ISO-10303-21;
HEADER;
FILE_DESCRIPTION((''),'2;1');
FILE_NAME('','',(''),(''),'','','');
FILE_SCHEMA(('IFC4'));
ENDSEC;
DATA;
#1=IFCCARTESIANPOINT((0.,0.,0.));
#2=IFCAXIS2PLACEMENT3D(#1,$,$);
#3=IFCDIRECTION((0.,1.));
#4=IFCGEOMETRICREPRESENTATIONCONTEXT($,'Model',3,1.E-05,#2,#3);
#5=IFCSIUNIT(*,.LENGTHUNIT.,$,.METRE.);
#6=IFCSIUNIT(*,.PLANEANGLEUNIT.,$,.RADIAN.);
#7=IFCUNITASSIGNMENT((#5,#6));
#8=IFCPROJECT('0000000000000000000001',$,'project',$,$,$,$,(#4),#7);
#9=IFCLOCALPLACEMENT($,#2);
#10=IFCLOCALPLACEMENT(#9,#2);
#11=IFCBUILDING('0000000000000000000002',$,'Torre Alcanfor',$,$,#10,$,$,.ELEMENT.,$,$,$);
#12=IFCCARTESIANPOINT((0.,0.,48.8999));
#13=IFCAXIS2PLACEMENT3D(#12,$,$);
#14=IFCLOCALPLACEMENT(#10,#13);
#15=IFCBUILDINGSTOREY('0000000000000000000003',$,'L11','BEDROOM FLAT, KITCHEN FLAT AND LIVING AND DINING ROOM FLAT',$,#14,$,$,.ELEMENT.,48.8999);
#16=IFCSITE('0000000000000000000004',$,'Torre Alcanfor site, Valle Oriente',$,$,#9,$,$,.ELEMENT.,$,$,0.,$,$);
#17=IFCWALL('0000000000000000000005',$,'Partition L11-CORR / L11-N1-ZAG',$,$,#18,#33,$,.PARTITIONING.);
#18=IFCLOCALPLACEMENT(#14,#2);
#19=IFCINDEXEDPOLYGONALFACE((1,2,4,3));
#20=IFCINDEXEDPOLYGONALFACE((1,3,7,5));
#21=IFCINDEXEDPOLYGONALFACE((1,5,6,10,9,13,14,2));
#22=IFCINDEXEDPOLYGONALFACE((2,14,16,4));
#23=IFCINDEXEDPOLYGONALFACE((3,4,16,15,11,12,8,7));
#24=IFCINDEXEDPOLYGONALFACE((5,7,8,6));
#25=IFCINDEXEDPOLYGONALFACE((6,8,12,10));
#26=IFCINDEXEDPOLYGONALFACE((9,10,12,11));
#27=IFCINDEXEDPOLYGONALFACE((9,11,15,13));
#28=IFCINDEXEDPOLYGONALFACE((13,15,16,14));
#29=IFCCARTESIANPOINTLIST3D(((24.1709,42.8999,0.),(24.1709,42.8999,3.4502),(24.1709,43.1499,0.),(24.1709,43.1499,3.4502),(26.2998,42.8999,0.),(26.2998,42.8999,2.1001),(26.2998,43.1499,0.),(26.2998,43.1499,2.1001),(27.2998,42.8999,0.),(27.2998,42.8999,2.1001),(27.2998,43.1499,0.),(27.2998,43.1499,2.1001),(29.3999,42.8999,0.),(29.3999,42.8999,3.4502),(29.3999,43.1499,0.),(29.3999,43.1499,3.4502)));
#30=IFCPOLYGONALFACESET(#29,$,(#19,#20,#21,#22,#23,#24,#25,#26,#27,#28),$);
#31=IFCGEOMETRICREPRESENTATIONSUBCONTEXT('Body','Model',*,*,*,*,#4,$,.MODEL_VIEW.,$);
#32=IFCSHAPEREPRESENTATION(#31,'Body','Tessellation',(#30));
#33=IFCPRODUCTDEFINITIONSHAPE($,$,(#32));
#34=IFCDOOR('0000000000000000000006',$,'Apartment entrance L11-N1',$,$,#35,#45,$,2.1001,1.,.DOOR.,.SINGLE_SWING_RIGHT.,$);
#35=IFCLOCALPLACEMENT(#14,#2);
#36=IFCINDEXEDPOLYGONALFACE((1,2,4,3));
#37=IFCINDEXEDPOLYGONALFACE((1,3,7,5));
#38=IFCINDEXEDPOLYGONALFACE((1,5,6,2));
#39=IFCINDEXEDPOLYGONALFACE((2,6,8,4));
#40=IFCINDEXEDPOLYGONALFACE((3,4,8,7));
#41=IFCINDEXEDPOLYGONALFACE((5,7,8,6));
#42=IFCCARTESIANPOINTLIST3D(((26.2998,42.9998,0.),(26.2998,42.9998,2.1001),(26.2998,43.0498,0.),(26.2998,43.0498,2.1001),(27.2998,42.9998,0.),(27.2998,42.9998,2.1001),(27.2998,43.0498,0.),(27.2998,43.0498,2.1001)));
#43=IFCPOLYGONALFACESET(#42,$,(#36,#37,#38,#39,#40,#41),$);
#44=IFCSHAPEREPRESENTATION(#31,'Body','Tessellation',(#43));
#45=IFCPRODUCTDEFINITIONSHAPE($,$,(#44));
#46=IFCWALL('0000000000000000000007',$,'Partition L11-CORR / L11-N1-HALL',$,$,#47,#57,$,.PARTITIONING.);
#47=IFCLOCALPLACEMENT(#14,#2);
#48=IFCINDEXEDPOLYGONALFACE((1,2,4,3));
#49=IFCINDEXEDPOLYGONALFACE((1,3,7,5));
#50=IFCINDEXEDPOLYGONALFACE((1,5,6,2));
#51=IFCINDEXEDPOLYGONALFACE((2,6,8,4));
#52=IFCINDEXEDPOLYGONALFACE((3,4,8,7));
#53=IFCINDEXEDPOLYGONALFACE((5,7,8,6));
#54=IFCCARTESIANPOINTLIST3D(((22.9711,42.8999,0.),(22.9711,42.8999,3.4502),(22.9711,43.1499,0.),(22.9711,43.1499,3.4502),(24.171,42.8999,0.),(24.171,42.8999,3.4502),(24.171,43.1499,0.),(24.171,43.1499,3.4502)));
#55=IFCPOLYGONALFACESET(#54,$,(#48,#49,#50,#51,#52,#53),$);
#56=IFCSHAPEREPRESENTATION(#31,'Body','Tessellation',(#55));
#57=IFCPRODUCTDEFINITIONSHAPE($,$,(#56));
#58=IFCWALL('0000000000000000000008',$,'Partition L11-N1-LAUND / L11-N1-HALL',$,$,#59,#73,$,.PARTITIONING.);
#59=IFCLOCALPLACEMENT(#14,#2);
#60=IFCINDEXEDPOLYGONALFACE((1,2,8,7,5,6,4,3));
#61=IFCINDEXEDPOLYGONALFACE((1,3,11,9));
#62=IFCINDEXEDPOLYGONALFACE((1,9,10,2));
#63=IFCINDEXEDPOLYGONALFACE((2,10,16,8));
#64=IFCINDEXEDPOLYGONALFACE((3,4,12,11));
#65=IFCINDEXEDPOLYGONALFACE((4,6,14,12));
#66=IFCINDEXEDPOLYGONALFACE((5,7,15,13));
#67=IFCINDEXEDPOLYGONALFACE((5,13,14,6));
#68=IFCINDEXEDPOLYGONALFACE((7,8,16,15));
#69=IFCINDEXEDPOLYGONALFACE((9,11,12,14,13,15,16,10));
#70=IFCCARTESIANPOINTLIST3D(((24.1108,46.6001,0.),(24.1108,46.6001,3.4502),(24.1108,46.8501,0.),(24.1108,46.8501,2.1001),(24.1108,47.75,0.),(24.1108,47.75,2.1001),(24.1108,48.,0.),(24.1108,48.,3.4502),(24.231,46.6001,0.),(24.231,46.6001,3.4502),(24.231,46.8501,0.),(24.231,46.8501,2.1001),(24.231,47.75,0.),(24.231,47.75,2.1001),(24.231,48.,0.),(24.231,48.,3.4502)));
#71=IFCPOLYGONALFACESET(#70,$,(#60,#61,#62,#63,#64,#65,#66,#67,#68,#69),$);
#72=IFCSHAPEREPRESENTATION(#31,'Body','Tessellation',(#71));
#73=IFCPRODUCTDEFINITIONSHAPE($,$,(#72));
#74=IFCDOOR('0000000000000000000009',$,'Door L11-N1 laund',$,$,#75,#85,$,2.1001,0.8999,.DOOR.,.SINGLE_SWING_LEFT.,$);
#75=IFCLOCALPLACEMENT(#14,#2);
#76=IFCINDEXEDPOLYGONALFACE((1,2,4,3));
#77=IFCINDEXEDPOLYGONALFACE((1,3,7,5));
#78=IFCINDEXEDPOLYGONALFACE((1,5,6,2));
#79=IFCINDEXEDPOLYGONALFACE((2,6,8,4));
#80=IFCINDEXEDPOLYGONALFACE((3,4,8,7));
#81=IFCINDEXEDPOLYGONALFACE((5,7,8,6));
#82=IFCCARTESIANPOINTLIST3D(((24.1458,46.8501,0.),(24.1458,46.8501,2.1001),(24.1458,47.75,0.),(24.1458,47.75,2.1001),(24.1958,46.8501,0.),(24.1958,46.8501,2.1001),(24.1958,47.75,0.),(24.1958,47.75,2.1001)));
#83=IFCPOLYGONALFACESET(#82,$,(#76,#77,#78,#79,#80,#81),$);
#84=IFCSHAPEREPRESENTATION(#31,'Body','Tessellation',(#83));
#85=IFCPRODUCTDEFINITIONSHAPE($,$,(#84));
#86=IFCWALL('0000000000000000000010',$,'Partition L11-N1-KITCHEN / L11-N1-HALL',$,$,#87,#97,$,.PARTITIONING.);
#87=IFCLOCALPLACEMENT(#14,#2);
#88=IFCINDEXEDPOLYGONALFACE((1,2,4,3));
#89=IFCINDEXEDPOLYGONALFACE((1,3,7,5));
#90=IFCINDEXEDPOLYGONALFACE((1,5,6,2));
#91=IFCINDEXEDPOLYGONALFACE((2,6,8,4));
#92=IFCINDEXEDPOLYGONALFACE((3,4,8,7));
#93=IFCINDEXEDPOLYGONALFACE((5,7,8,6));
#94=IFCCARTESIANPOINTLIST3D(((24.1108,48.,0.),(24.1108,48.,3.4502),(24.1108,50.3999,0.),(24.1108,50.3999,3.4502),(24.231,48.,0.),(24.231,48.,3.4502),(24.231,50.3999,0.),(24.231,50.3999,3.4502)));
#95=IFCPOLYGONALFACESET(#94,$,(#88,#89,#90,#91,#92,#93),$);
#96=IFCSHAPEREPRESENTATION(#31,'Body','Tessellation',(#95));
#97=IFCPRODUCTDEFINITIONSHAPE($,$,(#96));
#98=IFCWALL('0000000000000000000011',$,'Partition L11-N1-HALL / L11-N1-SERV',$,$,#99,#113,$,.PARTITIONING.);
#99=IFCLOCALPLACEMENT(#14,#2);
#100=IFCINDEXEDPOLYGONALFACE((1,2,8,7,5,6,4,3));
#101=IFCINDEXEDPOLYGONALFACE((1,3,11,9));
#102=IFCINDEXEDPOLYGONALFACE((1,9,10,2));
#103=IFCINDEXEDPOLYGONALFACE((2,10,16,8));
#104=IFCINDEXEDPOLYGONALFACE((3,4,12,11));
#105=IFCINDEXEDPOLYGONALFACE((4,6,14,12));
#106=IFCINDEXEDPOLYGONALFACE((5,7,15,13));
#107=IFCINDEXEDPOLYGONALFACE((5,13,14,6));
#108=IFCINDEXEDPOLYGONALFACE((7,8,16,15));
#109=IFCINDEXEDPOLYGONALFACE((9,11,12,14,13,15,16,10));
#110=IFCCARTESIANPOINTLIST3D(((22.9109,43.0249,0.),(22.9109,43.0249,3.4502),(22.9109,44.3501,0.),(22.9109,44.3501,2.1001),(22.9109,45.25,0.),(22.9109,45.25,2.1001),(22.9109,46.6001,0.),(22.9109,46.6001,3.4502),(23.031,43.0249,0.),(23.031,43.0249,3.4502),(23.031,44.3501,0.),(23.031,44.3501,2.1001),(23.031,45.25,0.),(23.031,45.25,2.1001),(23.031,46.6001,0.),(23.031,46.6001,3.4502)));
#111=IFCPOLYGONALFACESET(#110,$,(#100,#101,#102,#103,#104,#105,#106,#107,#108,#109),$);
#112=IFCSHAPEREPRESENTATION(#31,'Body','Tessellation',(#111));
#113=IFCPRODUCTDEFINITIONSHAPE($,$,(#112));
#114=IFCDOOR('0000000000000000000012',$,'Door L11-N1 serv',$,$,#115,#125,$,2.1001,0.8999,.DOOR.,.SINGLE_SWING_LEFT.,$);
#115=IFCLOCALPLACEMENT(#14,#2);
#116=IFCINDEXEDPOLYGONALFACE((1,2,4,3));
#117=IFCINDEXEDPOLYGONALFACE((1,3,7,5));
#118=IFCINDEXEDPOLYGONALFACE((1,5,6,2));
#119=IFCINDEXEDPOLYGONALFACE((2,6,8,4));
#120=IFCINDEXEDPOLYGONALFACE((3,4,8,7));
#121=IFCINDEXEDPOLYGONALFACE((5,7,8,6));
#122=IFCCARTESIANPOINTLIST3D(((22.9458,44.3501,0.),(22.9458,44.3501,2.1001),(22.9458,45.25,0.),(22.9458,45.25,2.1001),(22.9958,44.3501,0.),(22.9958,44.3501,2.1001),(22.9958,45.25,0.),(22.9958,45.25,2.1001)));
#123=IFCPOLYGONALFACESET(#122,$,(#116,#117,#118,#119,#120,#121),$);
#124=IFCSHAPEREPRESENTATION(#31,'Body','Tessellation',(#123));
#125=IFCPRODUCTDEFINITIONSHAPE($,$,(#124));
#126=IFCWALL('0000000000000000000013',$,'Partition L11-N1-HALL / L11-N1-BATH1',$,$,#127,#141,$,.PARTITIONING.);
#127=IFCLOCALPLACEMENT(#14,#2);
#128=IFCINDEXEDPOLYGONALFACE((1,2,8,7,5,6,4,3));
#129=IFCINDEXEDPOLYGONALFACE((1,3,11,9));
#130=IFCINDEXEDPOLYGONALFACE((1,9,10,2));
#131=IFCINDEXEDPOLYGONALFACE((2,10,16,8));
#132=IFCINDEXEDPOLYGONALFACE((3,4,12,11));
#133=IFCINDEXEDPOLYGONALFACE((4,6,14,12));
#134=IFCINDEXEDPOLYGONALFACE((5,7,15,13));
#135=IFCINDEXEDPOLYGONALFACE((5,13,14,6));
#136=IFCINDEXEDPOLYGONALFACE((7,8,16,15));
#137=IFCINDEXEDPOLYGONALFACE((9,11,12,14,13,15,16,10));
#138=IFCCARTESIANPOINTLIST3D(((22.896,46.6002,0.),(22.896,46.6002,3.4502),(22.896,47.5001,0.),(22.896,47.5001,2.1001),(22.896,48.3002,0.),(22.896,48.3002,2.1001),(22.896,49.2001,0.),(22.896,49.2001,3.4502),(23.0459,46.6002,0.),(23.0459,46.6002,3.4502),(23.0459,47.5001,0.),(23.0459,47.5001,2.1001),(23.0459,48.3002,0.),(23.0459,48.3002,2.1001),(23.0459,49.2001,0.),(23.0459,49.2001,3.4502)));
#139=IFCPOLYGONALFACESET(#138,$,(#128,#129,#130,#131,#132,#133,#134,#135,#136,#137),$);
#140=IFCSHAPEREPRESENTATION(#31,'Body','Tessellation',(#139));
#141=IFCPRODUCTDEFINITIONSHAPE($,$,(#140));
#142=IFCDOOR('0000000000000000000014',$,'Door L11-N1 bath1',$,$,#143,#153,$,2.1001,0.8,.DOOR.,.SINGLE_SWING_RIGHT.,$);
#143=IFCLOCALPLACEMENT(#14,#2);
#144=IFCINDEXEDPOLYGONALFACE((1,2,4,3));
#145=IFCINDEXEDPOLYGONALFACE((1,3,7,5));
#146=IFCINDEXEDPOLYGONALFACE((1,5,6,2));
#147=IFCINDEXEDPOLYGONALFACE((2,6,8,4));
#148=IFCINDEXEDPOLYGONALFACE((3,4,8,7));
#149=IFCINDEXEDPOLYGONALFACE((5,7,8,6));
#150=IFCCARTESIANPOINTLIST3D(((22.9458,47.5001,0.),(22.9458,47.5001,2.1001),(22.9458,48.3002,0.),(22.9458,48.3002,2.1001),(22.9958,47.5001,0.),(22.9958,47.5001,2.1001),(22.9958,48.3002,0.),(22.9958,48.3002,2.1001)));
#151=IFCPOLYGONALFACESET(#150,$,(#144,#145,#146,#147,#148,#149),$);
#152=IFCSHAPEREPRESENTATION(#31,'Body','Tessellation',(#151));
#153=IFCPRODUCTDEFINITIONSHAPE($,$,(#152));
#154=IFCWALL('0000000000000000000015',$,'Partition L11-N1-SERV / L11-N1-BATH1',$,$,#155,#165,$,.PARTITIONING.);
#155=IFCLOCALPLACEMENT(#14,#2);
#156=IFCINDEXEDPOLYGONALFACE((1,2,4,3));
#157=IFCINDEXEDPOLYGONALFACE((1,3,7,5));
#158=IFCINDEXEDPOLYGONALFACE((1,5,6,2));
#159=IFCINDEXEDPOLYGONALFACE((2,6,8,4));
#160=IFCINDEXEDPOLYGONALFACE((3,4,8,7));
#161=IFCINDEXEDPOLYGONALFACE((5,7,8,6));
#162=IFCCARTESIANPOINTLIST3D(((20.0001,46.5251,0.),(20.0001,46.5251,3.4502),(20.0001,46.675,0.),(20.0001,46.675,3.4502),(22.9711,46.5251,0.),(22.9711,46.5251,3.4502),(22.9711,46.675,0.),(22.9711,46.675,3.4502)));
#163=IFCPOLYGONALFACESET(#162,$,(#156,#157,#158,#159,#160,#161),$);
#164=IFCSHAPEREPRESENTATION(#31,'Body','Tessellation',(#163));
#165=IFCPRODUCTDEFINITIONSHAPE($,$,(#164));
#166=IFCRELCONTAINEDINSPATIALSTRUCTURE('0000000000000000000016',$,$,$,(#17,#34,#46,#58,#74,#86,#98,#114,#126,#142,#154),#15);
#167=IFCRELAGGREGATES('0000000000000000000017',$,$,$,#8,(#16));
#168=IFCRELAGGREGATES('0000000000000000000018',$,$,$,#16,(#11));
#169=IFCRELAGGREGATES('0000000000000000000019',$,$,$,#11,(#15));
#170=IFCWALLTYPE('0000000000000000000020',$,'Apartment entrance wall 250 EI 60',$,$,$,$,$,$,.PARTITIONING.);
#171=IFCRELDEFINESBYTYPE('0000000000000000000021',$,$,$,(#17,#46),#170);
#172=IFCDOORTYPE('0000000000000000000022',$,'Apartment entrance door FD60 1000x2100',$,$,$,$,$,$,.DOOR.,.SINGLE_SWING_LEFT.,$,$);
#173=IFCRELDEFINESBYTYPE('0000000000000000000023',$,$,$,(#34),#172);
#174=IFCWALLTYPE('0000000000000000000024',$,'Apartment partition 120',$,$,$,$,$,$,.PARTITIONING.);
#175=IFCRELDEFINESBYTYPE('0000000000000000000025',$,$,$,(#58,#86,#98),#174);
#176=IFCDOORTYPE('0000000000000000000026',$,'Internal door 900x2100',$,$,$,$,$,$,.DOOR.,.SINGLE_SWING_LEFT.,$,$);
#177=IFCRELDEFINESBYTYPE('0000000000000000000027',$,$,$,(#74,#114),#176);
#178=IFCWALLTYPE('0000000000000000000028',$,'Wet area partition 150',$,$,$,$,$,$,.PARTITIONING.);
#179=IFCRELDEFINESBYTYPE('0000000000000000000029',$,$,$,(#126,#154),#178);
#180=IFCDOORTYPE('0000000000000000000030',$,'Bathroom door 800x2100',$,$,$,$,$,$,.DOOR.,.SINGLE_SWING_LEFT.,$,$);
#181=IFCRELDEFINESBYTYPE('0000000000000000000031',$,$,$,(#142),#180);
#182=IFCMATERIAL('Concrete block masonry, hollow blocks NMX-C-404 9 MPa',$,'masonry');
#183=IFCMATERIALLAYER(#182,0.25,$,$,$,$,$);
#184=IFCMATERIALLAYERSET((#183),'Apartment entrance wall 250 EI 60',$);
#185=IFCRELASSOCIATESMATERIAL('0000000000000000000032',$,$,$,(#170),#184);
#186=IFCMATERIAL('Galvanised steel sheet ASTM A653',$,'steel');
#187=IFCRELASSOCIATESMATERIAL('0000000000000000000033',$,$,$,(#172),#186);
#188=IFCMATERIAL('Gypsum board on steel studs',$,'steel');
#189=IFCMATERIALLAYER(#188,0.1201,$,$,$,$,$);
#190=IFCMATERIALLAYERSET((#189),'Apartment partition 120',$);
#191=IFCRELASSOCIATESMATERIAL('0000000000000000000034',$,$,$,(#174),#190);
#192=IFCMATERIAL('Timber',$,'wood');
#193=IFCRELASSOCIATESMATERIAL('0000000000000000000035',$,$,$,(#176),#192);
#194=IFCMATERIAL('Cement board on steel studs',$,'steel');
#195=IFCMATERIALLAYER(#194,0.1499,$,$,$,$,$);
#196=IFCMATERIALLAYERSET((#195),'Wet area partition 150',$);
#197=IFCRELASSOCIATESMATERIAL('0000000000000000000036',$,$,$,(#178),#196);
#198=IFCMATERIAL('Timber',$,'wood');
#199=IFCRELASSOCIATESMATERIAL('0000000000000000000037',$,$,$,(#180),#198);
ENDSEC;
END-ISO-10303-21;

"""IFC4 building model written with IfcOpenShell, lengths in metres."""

from ifc_helpers import new_model, si_unit, direction, frame, frame_2d, origin, place, context, subcontext, project, spatial, rectangle, extrude, material, layer, layer_set, type_object, element, fill, save


model = new_model("IFC4")

# Units and contexts
model_context = context("Model", 3, precision=1e-05, world=origin(), true_north=direction((0.0, 1.0)))
body_context = subcontext(model_context, "Body", "Model", "MODEL_VIEW")
ifc_project = project(units=[si_unit("LENGTHUNIT", "METRE"), si_unit("PLANEANGLEUNIT", "RADIAN")], contexts=[model_context])

# Site, building, storey
site_placement = place(None, origin())
site = spatial("IfcSite", under=ifc_project, at=site_placement, Name="Torre Alcanfor site, Valle Oriente", CompositionType="ELEMENT", RefElevation=0.0)
building_placement = place(site_placement, origin())
building = spatial("IfcBuilding", under=site, at=building_placement, Name="Torre Alcanfor", CompositionType="ELEMENT")
storey_placement = place(building_placement, frame((0.0, 0.0, 48.8999)))
storey = spatial("IfcBuildingStorey", under=building, at=storey_placement, Name="L11", Description="BEDROOM FLAT, KITCHEN FLAT AND LIVING AND DINING ROOM FLAT", CompositionType="ELEMENT", Elevation=48.8999)

# Wall, opening, door
ifc_material_1 = material(Name="Concrete block masonry, hollow blocks NMX-C-404 9 MPa", Category="masonry")
ifc_layer_1 = layer(ifc_material_1, 0.25)
ifc_layer_set_1 = layer_set([ifc_layer_1], Name="Apartment entrance wall 250 EI 60")
wall_type_1 = type_object("IfcWallType", Name="Apartment entrance wall 250 EI 60", PredefinedType="PARTITIONING", material=ifc_layer_set_1)
wall_1_placement = place(storey_placement, frame((24.1709, 43.0249, 0.0), z_axis=(0.0, 0.0, 1.0), x_axis=(1.0, 0.0, 0.0)))
wall_1 = element("IfcWall", 1, at=wall_1_placement, inside=storey, type_object=wall_type_1, Name="Partition L11-CORR / L11-N1-ZAG", PredefinedType="PARTITIONING", context=body_context, shape_type="SweptSolid", body=[
    extrude(rectangle(XDim=5.229, YDim=0.25, at=frame_2d((2.6145, 0.0))), origin(), (0.0, 0.0, 1.0), 3.4502),
])
opening_1_placement = place(wall_1_placement, frame((2.1289, 0.0, 0.0)))
opening_1 = element("IfcOpeningElement", 2, at=opening_1_placement, cuts=wall_1, PredefinedType="OPENING", context=body_context, shape_type="SweptSolid", body=[
    extrude(rectangle(XDim=1.0, YDim=2.1001, at=frame_2d((0.5, 1.05))), frame((0.0, 0.135, 0.0), z_axis=(0.0, -1.0, 0.0), x_axis=(1.0, 0.0, 0.0)), (0.0, 0.0, 1.0), 0.27),
])
ifc_material_2 = material(Name="Galvanised steel sheet ASTM A653", Category="steel")
door_type_1 = type_object("IfcDoorType", Name="Apartment entrance door FD60 1000x2100", OperationType="SINGLE_SWING_LEFT", PredefinedType="DOOR", material=ifc_material_2)
door_1_placement = place(opening_1_placement, origin())
door_1 = element("IfcDoor", 3, at=door_1_placement, inside=storey, type_object=door_type_1, Name="Apartment entrance L11-N1", OperationType="SINGLE_SWING_RIGHT", OverallHeight=2.1001, OverallWidth=1.0, PredefinedType="DOOR", context=body_context, shape_type="SweptSolid", body=[
    extrude(rectangle(XDim=1.0, YDim=2.1001, at=frame_2d((0.5, 1.05))), frame((0.0, 0.0249, 0.0), z_axis=(0.0, -1.0, 0.0), x_axis=(1.0, 0.0, 0.0)), (0.0, 0.0, 1.0), 0.05),
])
fill(opening_1, door_1)

# Wall
wall_2_placement = place(storey_placement, frame((22.9709, 43.0249, 0.0), z_axis=(0.0, 0.0, 1.0), x_axis=(1.0, 0.0, 0.0)))
element("IfcWall", 4, at=wall_2_placement, inside=storey, type_object=wall_type_1, Name="Partition L11-CORR / L11-N1-HALL", PredefinedType="PARTITIONING", context=body_context, shape_type="SweptSolid", body=[
    extrude(rectangle(XDim=1.2, YDim=0.25, at=frame_2d((0.6001, 0.0))), origin(), (0.0, 0.0, 1.0), 3.4502),
])

# Wall, opening, door
ifc_material_3 = material(Name="Gypsum board on steel studs", Category="steel")
ifc_layer_2 = layer(ifc_material_3, 0.1201)
ifc_layer_set_2 = layer_set([ifc_layer_2], Name="Apartment partition 120")
wall_type_2 = type_object("IfcWallType", Name="Apartment partition 120", PredefinedType="PARTITIONING", material=ifc_layer_set_2)
wall_3_placement = place(storey_placement, frame((24.1709, 48.0, 0.0), z_axis=(0.0, 0.0, 1.0), x_axis=(0.0, -1.0, 0.0)))
wall_3 = element("IfcWall", 5, at=wall_3_placement, inside=storey, type_object=wall_type_2, Name="Partition L11-N1-LAUND / L11-N1-HALL", PredefinedType="PARTITIONING", context=body_context, shape_type="SweptSolid", body=[
    extrude(rectangle(XDim=1.3999, YDim=0.1201, at=frame_2d((0.7, 0.0))), origin(), (0.0, 0.0, 1.0), 3.4502),
])
opening_2_placement = place(wall_3_placement, frame((0.25, 0.0, 0.0)))
opening_2 = element("IfcOpeningElement", 6, at=opening_2_placement, cuts=wall_3, PredefinedType="OPENING", context=body_context, shape_type="SweptSolid", body=[
    extrude(rectangle(XDim=0.8999, YDim=2.1001, at=frame_2d((0.45, 1.05))), frame((0.0, 0.0701, 0.0), z_axis=(0.0, -1.0, 0.0), x_axis=(1.0, 0.0, 0.0)), (0.0, 0.0, 1.0), 0.1401),
])
ifc_material_4 = material(Name="Timber", Category="wood")
door_type_2 = type_object("IfcDoorType", Name="Internal door 900x2100", OperationType="SINGLE_SWING_LEFT", PredefinedType="DOOR", material=ifc_material_4)
door_2_placement = place(opening_2_placement, origin())
door_2 = element("IfcDoor", 7, at=door_2_placement, inside=storey, type_object=door_type_2, Name="Door L11-N1 laund", OperationType="SINGLE_SWING_LEFT", OverallHeight=2.1001, OverallWidth=0.8999, PredefinedType="DOOR", context=body_context, shape_type="SweptSolid", body=[
    extrude(rectangle(XDim=0.8999, YDim=2.1001, at=frame_2d((0.45, 1.05))), frame((0.0, 0.0249, 0.0), z_axis=(0.0, -1.0, 0.0), x_axis=(1.0, 0.0, 0.0)), (0.0, 0.0, 1.0), 0.05),
])
fill(opening_2, door_2)

# Wall
wall_4_placement = place(storey_placement, frame((24.1709, 50.3999, 0.0), z_axis=(0.0, 0.0, 1.0), x_axis=(0.0, -1.0, 0.0)))
element("IfcWall", 8, at=wall_4_placement, inside=storey, type_object=wall_type_2, Name="Partition L11-N1-KITCHEN / L11-N1-HALL", PredefinedType="PARTITIONING", context=body_context, shape_type="SweptSolid", body=[
    extrude(rectangle(XDim=2.3999, YDim=0.1201, at=frame_2d((1.2, 0.0))), origin(), (0.0, 0.0, 1.0), 3.4502),
])

# Walls, openings, doors
wall_5_placement = place(storey_placement, frame((22.9709, 46.6001, 0.0), z_axis=(0.0, 0.0, 1.0), x_axis=(0.0, -1.0, 0.0)))
wall_5 = element("IfcWall", 9, at=wall_5_placement, inside=storey, type_object=wall_type_2, Name="Partition L11-N1-HALL / L11-N1-SERV", PredefinedType="PARTITIONING", context=body_context, shape_type="SweptSolid", body=[
    extrude(rectangle(XDim=3.5752, YDim=0.1201, at=frame_2d((1.7876, 0.0))), origin(), (0.0, 0.0, 1.0), 3.4502),
])
opening_3_placement = place(wall_5_placement, frame((1.3501, 0.0, 0.0)))
opening_3 = element("IfcOpeningElement", 10, at=opening_3_placement, cuts=wall_5, PredefinedType="OPENING", context=body_context, shape_type="SweptSolid", body=[
    extrude(rectangle(XDim=0.8999, YDim=2.1001, at=frame_2d((0.45, 1.05))), frame((0.0, 0.0701, 0.0), z_axis=(0.0, -1.0, 0.0), x_axis=(1.0, 0.0, 0.0)), (0.0, 0.0, 1.0), 0.1401),
])
door_3_placement = place(opening_3_placement, frame((0.8999, 0.0, 0.0), z_axis=(0.0, 0.0, 1.0), x_axis=(-1.0, 0.0, 0.0)))
door_3 = element("IfcDoor", 11, at=door_3_placement, inside=storey, type_object=door_type_2, Name="Door L11-N1 serv", OperationType="SINGLE_SWING_LEFT", OverallHeight=2.1001, OverallWidth=0.8999, PredefinedType="DOOR", context=body_context, shape_type="SweptSolid", body=[
    extrude(rectangle(XDim=0.8999, YDim=2.1001, at=frame_2d((0.45, 1.05))), frame((0.0, 0.0251, 0.0), z_axis=(0.0, -1.0, 0.0), x_axis=(1.0, 0.0, 0.0)), (0.0, 0.0, 1.0), 0.05),
])
fill(opening_3, door_3)
ifc_material_5 = material(Name="Cement board on steel studs", Category="steel")
ifc_layer_3 = layer(ifc_material_5, 0.1499)
ifc_layer_set_3 = layer_set([ifc_layer_3], Name="Wet area partition 150")
wall_type_3 = type_object("IfcWallType", Name="Wet area partition 150", PredefinedType="PARTITIONING", material=ifc_layer_set_3)
wall_6_placement = place(storey_placement, frame((22.9709, 49.2, 0.0), z_axis=(0.0, 0.0, 1.0), x_axis=(0.0, -1.0, 0.0)))
wall_6 = element("IfcWall", 12, at=wall_6_placement, inside=storey, type_object=wall_type_3, Name="Partition L11-N1-HALL / L11-N1-BATH1", PredefinedType="PARTITIONING", context=body_context, shape_type="SweptSolid", body=[
    extrude(rectangle(XDim=2.5999, YDim=0.1499, at=frame_2d((1.2998, 0.0))), origin(), (0.0, 0.0, 1.0), 3.4502),
])
opening_4_placement = place(wall_6_placement, frame((0.8999, 0.0, 0.0)))
opening_4 = element("IfcOpeningElement", 13, at=opening_4_placement, cuts=wall_6, PredefinedType="OPENING", context=body_context, shape_type="SweptSolid", body=[
    extrude(rectangle(XDim=0.8, YDim=2.1001, at=frame_2d((0.3999, 1.05))), frame((0.0, 0.085, 0.0), z_axis=(0.0, -1.0, 0.0), x_axis=(1.0, 0.0, 0.0)), (0.0, 0.0, 1.0), 0.1699),
])
ifc_material_6 = material(Name="Timber", Category="wood")
door_type_3 = type_object("IfcDoorType", Name="Bathroom door 800x2100", OperationType="SINGLE_SWING_LEFT", PredefinedType="DOOR", material=ifc_material_6)
door_4_placement = place(opening_4_placement, frame((0.8, 0.0, 0.0), z_axis=(0.0, 0.0, 1.0), x_axis=(-1.0, 0.0, 0.0)))
door_4 = element("IfcDoor", 14, at=door_4_placement, inside=storey, type_object=door_type_3, Name="Door L11-N1 bath1", OperationType="SINGLE_SWING_RIGHT", OverallHeight=2.1001, OverallWidth=0.8, PredefinedType="DOOR", context=body_context, shape_type="SweptSolid", body=[
    extrude(rectangle(XDim=0.8, YDim=2.1001, at=frame_2d((0.4001, 1.05))), frame((0.0, 0.0251, 0.0), z_axis=(0.0, -1.0, 0.0), x_axis=(1.0, 0.0, 0.0)), (0.0, 0.0, 1.0), 0.05),
])
fill(opening_4, door_4)

# Wall
for number, where, z_axis, x_axis, name in (
    (15, (22.9709, 46.6001, 0.0), (0.0, 0.0, 1.0), (-1.0, 0.0, 0.0), "Partition L11-N1-SERV / L11-N1-BATH1"),
):
    element("IfcWall", number, at=place(storey_placement, frame(where, z_axis=z_axis, x_axis=x_axis)), inside=storey, type_object=wall_type_3, Name=name, PredefinedType="PARTITIONING", context=body_context, shape_type="SweptSolid", body=[
        extrude(rectangle(XDim=2.9709, YDim=0.1499, at=frame_2d((1.4854, 0.0))), origin(), (0.0, 0.0, 1.0), 3.4502),
    ])

save(model, "model.ifc")
